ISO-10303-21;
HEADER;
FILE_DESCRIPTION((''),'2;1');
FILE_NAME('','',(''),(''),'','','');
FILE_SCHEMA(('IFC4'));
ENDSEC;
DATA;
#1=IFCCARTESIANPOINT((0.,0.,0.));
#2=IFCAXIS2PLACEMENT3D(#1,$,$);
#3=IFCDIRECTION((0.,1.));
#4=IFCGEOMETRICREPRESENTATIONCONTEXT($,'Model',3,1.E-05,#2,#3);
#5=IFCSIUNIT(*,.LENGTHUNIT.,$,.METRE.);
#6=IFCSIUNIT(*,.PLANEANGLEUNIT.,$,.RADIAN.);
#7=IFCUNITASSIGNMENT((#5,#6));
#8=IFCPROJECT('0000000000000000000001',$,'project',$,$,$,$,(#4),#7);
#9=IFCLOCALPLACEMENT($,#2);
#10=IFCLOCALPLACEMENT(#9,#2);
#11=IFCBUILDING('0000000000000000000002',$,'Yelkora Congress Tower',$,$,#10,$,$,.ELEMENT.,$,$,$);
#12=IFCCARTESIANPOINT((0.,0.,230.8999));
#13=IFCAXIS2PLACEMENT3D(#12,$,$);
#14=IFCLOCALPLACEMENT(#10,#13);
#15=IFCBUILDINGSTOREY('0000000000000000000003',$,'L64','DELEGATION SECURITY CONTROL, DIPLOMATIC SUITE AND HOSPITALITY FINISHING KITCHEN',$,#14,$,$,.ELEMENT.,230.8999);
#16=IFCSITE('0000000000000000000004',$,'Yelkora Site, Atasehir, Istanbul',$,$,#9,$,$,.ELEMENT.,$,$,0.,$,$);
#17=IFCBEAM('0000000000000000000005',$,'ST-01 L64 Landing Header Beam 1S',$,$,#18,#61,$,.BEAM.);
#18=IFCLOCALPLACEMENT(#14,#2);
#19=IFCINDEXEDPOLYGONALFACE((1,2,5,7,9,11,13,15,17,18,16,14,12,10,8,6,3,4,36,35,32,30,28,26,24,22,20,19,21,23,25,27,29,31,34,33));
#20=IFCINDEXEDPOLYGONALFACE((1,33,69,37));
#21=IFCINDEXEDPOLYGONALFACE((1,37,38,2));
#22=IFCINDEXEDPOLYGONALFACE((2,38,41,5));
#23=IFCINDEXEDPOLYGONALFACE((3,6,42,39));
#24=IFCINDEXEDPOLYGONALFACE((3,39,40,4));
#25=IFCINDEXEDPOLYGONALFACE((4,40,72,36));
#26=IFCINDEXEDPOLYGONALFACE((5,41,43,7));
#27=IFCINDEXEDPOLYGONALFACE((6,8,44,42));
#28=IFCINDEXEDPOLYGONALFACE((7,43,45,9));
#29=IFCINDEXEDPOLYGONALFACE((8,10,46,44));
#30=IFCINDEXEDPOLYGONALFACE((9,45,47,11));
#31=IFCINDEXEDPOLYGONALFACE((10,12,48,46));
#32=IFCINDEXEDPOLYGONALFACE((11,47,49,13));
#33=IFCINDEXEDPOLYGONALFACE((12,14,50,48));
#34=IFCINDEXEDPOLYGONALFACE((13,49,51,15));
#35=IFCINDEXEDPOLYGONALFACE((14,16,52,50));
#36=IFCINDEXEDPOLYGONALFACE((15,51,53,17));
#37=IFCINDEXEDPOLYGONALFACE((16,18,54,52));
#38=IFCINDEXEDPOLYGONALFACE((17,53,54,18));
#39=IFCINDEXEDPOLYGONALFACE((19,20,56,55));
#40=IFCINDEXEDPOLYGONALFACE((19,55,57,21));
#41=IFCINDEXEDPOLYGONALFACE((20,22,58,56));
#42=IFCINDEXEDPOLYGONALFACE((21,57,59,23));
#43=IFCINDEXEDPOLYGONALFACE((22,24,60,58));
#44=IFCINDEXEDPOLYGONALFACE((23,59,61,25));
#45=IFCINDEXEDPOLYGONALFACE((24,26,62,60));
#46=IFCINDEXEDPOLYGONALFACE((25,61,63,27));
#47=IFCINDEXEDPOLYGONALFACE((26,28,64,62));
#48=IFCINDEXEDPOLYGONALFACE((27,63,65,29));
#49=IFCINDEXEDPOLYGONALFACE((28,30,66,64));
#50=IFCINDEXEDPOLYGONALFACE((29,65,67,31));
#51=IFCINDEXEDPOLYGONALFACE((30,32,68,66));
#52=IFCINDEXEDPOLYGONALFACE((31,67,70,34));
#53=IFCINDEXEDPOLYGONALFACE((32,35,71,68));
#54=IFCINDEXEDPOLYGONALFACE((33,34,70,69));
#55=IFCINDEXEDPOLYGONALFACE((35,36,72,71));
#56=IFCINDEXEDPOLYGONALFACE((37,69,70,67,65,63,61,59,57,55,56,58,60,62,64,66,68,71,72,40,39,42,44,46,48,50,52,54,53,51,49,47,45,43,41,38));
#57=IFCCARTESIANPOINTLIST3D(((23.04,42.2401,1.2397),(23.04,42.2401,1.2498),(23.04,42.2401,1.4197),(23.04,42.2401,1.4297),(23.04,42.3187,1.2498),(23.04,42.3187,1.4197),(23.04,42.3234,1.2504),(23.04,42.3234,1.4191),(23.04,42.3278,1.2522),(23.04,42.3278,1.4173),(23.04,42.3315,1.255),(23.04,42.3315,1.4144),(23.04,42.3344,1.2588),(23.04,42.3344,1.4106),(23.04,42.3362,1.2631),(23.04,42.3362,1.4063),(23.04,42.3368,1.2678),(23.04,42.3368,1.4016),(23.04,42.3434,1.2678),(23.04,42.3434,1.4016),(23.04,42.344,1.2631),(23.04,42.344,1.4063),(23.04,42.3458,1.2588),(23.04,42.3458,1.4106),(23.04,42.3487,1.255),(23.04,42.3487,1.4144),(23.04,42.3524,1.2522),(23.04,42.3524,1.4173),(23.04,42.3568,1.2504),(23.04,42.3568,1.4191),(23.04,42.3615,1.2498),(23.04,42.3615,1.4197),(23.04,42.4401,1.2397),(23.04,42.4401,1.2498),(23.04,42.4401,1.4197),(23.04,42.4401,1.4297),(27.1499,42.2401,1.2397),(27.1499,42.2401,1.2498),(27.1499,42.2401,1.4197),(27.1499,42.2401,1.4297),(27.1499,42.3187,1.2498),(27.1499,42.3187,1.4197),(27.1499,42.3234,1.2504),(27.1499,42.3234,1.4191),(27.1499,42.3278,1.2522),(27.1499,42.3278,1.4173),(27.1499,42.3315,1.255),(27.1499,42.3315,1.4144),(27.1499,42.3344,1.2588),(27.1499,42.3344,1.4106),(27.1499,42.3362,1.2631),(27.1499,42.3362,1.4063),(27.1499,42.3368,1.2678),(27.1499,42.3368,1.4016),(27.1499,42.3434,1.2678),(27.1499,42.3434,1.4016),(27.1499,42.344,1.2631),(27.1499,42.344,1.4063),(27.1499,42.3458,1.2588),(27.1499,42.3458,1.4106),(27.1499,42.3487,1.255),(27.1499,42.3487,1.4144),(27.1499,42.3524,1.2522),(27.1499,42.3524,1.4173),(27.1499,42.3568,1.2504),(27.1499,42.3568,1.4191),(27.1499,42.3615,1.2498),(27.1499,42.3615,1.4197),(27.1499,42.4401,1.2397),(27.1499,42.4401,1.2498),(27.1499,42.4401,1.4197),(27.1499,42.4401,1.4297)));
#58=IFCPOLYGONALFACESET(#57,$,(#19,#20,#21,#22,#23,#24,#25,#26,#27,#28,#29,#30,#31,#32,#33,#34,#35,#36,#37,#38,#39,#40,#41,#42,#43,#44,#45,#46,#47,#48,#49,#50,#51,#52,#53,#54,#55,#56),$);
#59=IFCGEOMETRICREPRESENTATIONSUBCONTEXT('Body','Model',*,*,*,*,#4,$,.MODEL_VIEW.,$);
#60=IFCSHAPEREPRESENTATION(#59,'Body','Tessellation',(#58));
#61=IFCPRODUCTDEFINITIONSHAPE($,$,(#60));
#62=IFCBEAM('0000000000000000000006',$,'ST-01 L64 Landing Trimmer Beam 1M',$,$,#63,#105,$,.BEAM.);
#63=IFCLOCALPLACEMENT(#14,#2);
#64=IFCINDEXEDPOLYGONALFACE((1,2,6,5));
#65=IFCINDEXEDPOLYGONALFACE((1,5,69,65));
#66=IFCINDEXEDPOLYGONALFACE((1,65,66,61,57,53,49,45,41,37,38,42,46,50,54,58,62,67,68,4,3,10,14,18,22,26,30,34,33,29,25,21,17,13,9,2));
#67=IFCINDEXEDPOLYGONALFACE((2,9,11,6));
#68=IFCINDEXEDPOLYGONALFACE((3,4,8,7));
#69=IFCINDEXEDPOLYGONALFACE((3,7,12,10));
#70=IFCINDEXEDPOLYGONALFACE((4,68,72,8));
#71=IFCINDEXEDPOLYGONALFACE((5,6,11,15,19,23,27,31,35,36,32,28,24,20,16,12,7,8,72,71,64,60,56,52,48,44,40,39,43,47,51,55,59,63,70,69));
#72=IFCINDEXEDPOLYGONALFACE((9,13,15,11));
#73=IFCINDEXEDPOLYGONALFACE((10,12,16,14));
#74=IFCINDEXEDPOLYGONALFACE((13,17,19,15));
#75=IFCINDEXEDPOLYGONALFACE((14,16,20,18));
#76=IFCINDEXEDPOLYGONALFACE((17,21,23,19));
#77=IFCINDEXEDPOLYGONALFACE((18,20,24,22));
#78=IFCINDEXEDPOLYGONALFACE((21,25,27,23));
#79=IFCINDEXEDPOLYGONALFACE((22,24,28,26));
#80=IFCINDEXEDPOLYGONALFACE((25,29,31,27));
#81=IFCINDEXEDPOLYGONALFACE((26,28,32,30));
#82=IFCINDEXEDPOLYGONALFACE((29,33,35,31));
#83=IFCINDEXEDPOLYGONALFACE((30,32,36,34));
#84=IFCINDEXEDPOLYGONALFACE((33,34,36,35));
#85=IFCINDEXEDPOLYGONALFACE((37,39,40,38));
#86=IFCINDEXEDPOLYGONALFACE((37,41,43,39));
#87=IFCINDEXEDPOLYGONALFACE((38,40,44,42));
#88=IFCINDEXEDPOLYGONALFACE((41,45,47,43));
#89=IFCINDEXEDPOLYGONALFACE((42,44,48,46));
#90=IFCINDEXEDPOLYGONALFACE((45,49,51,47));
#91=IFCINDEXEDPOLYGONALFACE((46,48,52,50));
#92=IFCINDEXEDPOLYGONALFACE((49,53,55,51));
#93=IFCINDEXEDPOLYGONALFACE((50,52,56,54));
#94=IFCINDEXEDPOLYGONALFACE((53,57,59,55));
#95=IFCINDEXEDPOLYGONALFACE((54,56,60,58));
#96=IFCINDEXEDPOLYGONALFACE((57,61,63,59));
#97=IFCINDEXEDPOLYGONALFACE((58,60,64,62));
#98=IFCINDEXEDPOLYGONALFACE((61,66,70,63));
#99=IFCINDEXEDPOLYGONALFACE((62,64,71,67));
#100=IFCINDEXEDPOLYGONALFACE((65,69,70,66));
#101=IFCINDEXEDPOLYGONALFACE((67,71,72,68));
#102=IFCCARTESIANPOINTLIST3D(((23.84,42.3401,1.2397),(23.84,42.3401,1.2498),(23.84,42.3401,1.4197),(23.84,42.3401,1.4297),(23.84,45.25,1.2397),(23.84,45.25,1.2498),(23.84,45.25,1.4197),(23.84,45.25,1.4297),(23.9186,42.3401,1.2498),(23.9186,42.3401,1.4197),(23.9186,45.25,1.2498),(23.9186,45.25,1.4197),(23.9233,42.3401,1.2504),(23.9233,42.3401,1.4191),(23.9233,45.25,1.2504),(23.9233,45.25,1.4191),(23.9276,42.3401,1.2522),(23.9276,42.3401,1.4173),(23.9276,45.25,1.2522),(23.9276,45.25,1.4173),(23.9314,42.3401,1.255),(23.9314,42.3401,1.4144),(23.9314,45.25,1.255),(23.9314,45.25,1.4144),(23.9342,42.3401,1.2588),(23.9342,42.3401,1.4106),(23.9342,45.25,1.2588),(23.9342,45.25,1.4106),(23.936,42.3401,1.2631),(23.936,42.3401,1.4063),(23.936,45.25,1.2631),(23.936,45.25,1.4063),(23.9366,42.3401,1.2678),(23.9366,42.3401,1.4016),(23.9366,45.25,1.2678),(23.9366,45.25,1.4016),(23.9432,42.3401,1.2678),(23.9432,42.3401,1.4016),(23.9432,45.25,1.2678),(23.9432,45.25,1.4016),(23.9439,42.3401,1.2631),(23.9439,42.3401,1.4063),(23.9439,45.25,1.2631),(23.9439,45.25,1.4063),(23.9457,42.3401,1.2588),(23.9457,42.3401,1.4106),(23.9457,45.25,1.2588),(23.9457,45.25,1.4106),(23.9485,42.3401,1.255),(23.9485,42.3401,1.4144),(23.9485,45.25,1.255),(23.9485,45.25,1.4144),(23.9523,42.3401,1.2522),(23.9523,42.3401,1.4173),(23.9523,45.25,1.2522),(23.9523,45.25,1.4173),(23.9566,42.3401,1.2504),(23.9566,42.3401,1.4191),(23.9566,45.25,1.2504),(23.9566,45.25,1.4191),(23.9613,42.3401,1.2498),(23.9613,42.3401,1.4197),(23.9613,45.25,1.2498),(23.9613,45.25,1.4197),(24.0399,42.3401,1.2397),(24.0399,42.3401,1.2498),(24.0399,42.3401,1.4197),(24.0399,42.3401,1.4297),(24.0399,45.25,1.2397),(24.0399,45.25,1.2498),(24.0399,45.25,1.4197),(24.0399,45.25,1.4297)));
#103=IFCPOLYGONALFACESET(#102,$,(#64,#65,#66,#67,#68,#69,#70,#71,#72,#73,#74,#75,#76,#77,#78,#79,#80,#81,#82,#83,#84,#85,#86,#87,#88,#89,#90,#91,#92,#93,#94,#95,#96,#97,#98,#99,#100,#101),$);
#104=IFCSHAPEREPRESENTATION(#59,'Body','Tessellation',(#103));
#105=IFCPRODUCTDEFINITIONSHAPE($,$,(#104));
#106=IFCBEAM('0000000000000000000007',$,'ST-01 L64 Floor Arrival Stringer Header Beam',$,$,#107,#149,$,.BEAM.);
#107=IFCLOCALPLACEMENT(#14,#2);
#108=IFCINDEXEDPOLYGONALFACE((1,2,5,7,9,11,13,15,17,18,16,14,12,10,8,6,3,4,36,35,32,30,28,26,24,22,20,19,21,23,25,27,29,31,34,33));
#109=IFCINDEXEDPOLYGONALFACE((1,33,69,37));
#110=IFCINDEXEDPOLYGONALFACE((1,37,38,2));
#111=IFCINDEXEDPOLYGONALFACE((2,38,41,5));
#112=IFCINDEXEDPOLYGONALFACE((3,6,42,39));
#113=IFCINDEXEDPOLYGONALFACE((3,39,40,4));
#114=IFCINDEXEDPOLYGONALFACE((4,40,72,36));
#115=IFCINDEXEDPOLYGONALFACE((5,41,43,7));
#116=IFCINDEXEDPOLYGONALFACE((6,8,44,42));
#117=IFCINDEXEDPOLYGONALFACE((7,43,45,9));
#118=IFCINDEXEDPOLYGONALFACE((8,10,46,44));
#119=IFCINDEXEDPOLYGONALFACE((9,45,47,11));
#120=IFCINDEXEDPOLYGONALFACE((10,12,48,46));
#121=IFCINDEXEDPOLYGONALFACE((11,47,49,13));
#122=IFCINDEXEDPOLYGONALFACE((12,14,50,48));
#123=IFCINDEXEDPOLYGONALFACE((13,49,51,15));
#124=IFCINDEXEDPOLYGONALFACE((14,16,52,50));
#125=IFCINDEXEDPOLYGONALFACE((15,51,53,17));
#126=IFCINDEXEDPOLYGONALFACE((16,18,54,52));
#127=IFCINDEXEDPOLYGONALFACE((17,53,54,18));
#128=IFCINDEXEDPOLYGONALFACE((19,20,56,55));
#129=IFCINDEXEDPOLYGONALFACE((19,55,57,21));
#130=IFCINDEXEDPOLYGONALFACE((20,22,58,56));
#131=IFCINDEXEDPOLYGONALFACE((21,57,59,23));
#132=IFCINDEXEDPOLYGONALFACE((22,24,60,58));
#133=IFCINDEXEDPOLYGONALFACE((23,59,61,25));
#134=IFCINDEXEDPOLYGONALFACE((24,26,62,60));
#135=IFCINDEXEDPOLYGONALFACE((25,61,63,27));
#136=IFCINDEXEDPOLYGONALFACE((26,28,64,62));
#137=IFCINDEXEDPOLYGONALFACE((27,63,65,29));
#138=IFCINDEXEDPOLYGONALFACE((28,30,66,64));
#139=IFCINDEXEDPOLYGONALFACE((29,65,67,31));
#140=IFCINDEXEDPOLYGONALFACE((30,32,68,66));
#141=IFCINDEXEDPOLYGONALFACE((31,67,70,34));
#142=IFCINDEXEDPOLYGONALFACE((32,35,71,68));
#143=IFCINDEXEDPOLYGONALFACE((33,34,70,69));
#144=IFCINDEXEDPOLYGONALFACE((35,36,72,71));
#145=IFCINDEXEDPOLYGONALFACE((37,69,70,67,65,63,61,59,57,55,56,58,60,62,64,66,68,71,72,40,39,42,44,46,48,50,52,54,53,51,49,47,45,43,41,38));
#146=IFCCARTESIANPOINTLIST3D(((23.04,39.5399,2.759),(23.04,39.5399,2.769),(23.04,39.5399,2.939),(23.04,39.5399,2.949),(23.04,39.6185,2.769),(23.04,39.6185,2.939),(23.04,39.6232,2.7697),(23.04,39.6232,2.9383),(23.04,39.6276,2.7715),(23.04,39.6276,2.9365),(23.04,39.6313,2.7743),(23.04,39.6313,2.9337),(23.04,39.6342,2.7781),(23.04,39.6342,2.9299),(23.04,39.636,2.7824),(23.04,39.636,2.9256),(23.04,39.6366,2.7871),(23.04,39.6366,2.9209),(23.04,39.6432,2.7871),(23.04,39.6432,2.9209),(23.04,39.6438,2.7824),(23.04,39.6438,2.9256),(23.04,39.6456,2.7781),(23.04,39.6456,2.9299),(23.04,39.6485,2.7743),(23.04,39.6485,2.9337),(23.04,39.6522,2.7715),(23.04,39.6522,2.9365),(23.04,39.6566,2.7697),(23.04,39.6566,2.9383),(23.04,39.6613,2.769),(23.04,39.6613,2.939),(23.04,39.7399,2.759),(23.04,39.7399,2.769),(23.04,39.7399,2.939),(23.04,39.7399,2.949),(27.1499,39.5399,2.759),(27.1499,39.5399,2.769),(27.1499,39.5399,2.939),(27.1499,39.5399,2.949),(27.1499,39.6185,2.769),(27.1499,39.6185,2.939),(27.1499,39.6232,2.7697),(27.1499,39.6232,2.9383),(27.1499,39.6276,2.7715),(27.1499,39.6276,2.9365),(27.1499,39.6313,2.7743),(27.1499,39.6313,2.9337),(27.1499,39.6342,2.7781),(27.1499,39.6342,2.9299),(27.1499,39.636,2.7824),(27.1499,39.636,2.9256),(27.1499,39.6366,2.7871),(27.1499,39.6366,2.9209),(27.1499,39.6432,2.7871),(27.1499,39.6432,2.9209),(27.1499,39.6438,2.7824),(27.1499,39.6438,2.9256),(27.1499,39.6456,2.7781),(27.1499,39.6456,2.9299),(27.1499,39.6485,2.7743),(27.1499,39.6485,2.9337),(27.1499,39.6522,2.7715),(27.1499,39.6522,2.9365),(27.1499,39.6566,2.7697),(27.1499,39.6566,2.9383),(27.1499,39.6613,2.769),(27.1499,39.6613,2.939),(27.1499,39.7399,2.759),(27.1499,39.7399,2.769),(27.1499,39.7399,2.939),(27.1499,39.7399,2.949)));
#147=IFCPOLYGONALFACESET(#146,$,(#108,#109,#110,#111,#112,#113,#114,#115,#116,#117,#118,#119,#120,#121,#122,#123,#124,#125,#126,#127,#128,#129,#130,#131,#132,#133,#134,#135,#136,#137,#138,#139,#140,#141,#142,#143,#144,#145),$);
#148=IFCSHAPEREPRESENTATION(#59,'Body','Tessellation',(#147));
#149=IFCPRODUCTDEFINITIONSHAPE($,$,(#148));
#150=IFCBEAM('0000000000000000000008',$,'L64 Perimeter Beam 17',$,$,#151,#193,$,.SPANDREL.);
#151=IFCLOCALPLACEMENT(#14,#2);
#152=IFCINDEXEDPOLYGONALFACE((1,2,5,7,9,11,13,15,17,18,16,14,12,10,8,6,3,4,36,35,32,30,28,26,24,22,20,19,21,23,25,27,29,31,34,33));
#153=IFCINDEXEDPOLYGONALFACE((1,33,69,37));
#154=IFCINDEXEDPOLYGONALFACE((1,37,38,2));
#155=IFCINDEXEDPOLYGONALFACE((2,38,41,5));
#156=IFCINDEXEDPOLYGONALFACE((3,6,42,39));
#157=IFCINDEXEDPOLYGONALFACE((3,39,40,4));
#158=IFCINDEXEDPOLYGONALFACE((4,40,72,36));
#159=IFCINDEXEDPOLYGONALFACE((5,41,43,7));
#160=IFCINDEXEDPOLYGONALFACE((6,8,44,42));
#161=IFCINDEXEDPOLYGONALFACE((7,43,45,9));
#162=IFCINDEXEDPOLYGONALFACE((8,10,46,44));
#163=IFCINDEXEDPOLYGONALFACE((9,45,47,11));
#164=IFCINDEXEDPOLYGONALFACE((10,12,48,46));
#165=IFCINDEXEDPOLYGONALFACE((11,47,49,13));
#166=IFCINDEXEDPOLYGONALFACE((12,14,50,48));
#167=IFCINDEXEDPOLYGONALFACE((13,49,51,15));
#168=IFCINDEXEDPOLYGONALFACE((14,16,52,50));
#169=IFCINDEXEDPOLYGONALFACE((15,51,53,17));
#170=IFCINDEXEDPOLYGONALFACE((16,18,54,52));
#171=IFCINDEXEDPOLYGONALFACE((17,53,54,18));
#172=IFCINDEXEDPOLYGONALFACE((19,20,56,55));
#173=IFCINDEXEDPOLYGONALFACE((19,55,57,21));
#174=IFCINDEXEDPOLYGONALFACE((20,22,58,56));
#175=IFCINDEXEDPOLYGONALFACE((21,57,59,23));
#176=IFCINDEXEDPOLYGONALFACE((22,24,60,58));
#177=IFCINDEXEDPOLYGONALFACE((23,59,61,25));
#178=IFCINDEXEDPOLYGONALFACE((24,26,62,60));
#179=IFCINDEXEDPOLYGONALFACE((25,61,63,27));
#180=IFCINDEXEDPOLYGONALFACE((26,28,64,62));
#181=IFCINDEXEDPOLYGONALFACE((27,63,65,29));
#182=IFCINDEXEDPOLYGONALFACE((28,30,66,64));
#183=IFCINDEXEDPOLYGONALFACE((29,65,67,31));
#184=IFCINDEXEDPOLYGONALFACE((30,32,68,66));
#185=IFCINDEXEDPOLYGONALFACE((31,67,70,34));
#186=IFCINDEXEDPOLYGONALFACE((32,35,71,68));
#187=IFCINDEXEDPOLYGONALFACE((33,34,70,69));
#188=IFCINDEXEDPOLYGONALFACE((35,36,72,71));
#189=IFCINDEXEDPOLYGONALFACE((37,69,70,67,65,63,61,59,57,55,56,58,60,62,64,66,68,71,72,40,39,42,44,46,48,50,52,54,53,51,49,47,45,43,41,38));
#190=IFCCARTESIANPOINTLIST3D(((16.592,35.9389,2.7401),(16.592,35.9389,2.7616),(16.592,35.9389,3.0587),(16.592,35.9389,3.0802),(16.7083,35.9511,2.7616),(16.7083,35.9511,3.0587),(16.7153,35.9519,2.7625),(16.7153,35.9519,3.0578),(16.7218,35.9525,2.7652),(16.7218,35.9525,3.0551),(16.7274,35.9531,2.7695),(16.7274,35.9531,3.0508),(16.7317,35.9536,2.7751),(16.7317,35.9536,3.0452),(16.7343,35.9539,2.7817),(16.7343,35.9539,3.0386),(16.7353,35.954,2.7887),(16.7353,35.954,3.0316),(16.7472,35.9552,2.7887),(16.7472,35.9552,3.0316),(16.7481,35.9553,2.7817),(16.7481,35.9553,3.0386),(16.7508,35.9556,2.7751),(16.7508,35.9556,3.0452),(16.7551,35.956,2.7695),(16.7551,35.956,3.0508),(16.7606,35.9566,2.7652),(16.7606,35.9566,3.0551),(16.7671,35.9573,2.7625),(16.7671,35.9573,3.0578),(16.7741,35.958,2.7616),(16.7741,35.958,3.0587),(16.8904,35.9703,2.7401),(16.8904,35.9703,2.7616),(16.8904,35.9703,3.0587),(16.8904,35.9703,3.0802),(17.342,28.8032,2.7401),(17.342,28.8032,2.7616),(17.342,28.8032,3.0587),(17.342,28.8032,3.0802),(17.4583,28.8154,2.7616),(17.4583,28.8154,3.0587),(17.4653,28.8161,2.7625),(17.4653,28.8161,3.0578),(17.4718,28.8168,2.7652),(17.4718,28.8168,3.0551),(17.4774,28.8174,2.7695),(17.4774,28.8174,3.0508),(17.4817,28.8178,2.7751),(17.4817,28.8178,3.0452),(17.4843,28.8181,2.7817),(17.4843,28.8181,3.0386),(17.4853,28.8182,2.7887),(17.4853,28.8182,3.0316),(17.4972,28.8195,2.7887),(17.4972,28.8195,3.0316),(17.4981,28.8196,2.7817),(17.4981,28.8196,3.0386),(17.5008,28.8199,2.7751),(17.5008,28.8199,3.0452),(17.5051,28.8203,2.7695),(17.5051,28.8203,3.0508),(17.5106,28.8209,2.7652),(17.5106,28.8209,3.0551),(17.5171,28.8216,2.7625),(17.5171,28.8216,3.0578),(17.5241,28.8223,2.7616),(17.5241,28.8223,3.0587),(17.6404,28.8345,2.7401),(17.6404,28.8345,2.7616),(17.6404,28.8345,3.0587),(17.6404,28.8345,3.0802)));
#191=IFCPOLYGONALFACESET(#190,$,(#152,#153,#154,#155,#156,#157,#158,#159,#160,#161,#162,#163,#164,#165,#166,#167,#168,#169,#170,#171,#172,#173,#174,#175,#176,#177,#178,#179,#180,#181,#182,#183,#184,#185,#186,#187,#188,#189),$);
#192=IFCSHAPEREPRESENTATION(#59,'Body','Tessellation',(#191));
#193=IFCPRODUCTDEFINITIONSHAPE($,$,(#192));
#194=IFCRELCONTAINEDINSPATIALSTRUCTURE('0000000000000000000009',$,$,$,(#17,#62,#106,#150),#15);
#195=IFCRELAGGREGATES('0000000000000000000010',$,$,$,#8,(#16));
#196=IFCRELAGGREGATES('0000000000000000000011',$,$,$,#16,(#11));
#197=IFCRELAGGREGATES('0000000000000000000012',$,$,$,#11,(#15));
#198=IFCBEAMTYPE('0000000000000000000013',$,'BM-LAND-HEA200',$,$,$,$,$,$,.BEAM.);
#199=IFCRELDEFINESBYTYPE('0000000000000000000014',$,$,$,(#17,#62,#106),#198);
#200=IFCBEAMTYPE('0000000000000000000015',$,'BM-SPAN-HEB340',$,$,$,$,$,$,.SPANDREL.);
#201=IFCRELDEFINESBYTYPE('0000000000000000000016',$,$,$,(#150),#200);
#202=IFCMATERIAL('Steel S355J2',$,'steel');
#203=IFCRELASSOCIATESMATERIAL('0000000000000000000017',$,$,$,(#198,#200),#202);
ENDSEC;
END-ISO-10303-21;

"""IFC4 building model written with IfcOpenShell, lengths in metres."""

from ifc_helpers import new_model, si_unit, direction, frame, origin, origin_2d, place, context, subcontext, project, spatial, i_section, extrude, material, material_profile, profile_set, type_object, element, save


model = new_model("IFC4")

# Units and contexts
model_context = context("Model", 3, precision=1e-05, world=origin(), true_north=direction((0.0, 1.0)))
body_context = subcontext(model_context, "Body", "Model", "MODEL_VIEW")
ifc_project = project(units=[si_unit("LENGTHUNIT", "METRE"), si_unit("PLANEANGLEUNIT", "RADIAN")], contexts=[model_context])

# Site, building, storey
site_placement = place(None, origin())
site = spatial("IfcSite", under=ifc_project, at=site_placement, Name="Yelkora Site, Atasehir, Istanbul", CompositionType="ELEMENT", RefElevation=0.0)
building_placement = place(site_placement, origin())
building = spatial("IfcBuilding", under=site, at=building_placement, Name="Yelkora Congress Tower", CompositionType="ELEMENT")
storey_placement = place(building_placement, frame((0.0, 0.0, 230.8999)))
storey = spatial("IfcBuildingStorey", under=building, at=storey_placement, Name="L64", Description="DELEGATION SECURITY CONTROL, DIPLOMATIC SUITE AND HOSPITALITY FINISHING KITCHEN", CompositionType="ELEMENT", Elevation=230.8999)

# Shared definitions
ifc_material_1 = material(Name="Steel S355J2", Category="steel")

# Beams
ifc_material_profile_1 = material_profile(ifc_material_1, i_section(OverallWidth=0.2, OverallDepth=0.1899, WebThickness=0.0066, FlangeThickness=0.01, FilletRadius=0.0181, at=origin_2d()), Name="HEA 200")
ifc_profile_set_1 = profile_set([ifc_material_profile_1], Name="Steel S355J2")
beam_type_1 = type_object("IfcBeamType", Name="BM-LAND-HEA200", PredefinedType="BEAM", material=ifc_profile_set_1)
beam_1_placement = place(storey_placement, frame((23.04, 42.3401, 1.3347), z_axis=(1.0, 0.0, 0.0), x_axis=(0.0, 1.0, 0.0)))
element("IfcBeam", 1, at=beam_1_placement, inside=storey, type_object=beam_type_1, Name="ST-01 L64 Landing Header Beam 1S", PredefinedType="BEAM", context=body_context, shape_type="SweptSolid", body=[
    extrude(i_section(OverallWidth=0.2, OverallDepth=0.1899, WebThickness=0.0066, FlangeThickness=0.01, FilletRadius=0.0181, at=origin_2d()), origin(), (0.0, 0.0, 1.0), 4.1099),
])
beam_2_placement = place(storey_placement, frame((23.9399, 42.3401, 1.3347), z_axis=(0.0, 1.0, 0.0), x_axis=(-1.0, 0.0, 0.0)))
element("IfcBeam", 2, at=beam_2_placement, inside=storey, type_object=beam_type_1, Name="ST-01 L64 Landing Trimmer Beam 1M", PredefinedType="BEAM", context=body_context, shape_type="SweptSolid", body=[
    extrude(i_section(OverallWidth=0.2, OverallDepth=0.1899, WebThickness=0.0066, FlangeThickness=0.01, FilletRadius=0.0181, at=origin_2d()), origin(), (0.0, 0.0, 1.0), 2.9099),
])
beam_3_placement = place(storey_placement, frame((23.04, 39.6399, 2.854), z_axis=(1.0, 0.0, 0.0), x_axis=(0.0, 1.0, 0.0)))
element("IfcBeam", 3, at=beam_3_placement, inside=storey, type_object=beam_type_1, Name="ST-01 L64 Floor Arrival Stringer Header Beam", PredefinedType="BEAM", context=body_context, shape_type="SweptSolid", body=[
    extrude(i_section(OverallWidth=0.2, OverallDepth=0.1899, WebThickness=0.0066, FlangeThickness=0.01, FilletRadius=0.0181, at=origin_2d()), origin(), (0.0, 0.0, 1.0), 4.1099),
])
ifc_material_profile_2 = material_profile(ifc_material_1, i_section(OverallWidth=0.3, OverallDepth=0.3401, WebThickness=0.012, FlangeThickness=0.0215, FilletRadius=0.0271, at=origin_2d()), Name="HEB 340")
ifc_profile_set_2 = profile_set([ifc_material_profile_2], Name="Steel S355J2")
beam_type_2 = type_object("IfcBeamType", Name="BM-SPAN-HEB340", PredefinedType="SPANDREL", material=ifc_profile_set_2)
beam_4_placement = place(storey_placement, frame((16.7412, 35.9546, 2.9102), z_axis=(0.104529, -0.994522, 0.0), x_axis=(0.994522, 0.104529, 0.0)))
element("IfcBeam", 4, at=beam_4_placement, inside=storey, type_object=beam_type_2, Name="L64 Perimeter Beam 17", PredefinedType="SPANDREL", context=body_context, shape_type="SweptSolid", body=[
    extrude(i_section(OverallWidth=0.3, OverallDepth=0.3401, WebThickness=0.012, FlangeThickness=0.0215, FilletRadius=0.0271, at=origin_2d()), origin(), (0.0, 0.0, 1.0), 7.175),
])

save(model, "model.ifc")
